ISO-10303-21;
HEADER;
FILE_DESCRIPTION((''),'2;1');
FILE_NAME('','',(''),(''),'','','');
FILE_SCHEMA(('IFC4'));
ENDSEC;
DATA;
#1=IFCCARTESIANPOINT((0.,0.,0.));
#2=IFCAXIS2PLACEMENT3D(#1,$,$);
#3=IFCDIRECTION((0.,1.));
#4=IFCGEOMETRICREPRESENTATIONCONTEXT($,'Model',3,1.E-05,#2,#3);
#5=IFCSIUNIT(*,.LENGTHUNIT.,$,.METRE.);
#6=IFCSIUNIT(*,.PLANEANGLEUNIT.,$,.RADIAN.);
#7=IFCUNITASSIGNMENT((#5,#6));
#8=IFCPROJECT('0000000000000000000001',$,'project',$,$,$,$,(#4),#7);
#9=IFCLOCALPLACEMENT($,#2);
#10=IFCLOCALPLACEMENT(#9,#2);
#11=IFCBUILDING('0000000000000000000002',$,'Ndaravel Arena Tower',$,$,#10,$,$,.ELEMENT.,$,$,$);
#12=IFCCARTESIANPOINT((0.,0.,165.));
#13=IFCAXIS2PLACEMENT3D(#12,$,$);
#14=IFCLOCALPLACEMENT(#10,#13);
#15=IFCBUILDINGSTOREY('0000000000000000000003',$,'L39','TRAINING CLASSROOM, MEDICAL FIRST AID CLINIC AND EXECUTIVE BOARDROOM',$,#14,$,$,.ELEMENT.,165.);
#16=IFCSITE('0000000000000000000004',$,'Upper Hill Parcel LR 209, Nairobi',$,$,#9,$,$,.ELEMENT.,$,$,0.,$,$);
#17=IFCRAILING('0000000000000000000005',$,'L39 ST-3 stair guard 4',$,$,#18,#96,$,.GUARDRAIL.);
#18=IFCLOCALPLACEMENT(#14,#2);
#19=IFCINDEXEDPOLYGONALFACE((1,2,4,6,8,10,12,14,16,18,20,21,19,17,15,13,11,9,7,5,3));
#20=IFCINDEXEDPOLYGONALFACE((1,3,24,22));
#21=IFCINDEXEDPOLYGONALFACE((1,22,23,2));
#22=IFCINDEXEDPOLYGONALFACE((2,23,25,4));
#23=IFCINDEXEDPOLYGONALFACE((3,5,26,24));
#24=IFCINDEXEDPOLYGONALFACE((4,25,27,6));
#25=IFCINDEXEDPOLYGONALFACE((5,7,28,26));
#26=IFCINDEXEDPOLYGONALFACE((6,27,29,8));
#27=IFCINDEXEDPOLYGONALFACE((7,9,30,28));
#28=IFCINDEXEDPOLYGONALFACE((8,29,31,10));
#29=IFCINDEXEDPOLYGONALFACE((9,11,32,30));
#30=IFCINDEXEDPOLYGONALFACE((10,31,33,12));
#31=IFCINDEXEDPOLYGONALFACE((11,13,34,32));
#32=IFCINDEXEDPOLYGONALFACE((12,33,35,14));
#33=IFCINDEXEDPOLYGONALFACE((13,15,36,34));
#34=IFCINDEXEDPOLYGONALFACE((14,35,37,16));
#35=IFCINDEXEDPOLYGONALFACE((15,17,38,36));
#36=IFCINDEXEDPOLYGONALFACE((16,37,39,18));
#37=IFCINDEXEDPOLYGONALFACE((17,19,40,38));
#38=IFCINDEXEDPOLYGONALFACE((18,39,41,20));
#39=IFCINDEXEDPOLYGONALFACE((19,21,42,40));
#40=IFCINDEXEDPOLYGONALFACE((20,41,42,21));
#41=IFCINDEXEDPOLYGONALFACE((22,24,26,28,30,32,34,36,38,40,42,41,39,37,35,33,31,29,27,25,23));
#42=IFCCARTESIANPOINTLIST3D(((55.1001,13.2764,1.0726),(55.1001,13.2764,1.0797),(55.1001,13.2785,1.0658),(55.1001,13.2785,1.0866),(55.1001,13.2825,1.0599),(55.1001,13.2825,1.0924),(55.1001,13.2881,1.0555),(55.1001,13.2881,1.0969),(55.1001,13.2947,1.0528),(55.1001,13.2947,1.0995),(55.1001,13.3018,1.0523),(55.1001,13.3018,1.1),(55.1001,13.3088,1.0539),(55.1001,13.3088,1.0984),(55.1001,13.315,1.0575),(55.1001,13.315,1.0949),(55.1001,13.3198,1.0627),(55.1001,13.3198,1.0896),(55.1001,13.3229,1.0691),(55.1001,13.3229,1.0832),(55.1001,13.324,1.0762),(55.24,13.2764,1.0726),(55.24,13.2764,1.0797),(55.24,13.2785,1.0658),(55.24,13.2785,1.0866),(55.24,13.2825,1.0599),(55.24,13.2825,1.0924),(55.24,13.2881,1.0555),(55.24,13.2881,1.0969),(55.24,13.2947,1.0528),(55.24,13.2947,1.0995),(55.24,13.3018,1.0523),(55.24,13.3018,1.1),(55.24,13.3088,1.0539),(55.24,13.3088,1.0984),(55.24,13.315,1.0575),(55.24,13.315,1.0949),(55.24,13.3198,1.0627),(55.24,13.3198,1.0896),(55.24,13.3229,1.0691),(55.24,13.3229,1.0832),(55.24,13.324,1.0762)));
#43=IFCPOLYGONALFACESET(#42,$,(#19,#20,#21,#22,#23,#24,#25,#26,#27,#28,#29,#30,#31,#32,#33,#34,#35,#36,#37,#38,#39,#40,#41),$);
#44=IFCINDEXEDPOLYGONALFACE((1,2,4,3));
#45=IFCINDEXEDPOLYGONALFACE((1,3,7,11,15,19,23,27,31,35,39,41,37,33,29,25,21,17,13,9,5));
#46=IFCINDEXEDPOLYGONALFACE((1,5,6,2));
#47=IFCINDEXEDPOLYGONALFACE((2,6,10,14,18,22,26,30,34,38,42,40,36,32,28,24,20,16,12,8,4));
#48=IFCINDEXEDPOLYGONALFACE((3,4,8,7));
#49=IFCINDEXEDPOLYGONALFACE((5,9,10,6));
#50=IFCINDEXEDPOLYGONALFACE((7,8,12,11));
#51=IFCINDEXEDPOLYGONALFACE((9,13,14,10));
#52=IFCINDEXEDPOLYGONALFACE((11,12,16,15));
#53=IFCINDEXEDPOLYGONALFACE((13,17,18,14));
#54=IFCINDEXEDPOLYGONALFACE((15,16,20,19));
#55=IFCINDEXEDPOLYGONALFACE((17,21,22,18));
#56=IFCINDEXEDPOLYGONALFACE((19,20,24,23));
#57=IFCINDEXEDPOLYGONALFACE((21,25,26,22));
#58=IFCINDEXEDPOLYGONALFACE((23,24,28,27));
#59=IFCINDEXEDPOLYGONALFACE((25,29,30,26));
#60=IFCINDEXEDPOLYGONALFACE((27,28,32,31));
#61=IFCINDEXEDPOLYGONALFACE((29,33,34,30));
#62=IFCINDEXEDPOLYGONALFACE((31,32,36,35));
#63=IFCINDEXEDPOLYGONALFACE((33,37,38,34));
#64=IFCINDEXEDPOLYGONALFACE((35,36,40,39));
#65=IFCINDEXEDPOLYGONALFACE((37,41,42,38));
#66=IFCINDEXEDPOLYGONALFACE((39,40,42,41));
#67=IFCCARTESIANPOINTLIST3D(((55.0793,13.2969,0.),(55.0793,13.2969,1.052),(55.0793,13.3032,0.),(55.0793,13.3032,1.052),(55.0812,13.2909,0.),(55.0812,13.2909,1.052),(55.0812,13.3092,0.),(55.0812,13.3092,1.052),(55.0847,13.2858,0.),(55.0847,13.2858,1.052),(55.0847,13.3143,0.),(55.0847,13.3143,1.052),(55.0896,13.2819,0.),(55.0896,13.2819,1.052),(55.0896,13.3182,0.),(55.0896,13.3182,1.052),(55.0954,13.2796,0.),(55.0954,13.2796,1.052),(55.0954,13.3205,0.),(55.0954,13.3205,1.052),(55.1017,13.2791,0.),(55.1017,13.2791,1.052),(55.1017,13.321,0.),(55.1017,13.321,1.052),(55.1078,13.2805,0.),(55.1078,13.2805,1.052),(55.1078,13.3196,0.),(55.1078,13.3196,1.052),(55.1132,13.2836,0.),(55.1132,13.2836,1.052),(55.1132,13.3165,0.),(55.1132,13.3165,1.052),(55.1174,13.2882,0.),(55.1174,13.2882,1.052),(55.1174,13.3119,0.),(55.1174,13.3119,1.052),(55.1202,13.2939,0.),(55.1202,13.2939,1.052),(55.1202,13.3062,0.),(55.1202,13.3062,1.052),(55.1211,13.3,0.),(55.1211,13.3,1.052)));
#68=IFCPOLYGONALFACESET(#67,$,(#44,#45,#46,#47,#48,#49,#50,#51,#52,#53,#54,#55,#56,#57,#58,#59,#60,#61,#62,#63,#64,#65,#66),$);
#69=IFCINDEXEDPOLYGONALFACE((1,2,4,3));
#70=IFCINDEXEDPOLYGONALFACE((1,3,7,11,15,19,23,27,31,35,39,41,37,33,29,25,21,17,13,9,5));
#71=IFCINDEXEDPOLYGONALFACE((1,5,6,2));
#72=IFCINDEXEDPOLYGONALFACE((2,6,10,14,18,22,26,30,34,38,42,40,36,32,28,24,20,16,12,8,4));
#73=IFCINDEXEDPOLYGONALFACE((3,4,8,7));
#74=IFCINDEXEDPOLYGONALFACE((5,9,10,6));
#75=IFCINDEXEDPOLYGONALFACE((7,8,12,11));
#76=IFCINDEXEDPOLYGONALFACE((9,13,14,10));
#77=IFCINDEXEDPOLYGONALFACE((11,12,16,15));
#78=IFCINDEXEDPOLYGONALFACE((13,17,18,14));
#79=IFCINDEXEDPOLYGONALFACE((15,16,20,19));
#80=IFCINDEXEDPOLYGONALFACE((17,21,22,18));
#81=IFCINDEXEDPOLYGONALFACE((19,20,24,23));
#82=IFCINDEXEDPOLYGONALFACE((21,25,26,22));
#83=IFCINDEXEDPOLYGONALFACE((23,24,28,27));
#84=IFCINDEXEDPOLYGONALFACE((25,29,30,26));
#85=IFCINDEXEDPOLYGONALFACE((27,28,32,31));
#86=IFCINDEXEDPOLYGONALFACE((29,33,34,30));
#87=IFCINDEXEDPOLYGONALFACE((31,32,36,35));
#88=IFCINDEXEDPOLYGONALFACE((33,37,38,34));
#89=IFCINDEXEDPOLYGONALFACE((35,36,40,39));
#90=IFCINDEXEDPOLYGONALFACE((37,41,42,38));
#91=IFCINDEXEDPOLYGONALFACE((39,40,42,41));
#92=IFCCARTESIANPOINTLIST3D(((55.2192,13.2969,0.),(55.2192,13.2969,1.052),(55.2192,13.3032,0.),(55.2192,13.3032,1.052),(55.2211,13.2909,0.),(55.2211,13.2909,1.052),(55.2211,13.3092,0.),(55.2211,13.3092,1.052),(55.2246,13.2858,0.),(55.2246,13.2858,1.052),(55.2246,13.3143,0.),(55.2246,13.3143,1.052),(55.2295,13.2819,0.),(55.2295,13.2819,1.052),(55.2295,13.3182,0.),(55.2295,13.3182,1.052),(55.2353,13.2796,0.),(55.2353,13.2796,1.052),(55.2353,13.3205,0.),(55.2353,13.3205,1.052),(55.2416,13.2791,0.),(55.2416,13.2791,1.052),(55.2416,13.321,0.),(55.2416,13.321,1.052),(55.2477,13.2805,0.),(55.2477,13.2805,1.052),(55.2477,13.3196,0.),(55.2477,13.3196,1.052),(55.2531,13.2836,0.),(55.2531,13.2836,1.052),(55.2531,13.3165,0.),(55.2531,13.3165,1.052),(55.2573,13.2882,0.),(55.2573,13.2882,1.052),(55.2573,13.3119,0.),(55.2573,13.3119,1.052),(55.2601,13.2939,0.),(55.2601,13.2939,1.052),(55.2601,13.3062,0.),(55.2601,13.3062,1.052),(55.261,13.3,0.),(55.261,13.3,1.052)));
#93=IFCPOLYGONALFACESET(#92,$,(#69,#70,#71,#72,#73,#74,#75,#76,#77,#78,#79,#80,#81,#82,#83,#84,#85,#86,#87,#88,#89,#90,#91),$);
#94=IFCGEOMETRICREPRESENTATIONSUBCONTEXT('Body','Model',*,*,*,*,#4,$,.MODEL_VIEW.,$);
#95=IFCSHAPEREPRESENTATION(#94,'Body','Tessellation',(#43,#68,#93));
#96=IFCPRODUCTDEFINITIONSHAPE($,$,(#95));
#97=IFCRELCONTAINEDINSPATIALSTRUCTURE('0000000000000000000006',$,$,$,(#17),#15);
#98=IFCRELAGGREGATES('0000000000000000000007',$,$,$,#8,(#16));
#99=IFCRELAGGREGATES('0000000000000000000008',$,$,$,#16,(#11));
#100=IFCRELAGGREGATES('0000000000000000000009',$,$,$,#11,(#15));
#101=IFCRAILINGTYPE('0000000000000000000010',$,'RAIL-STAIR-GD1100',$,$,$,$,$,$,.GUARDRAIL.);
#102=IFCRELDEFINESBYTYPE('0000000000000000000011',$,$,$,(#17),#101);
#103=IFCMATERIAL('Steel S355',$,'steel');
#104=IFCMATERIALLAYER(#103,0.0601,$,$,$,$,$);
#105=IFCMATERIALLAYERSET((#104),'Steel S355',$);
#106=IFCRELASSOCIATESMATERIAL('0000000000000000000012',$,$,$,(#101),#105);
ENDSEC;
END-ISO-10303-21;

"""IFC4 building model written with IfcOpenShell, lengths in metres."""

from ifc_helpers import new_model, si_unit, direction, frame, origin, origin_2d, place, context, subcontext, project, spatial, circle, extrude, material, layer, layer_set, type_object, element, save


model = new_model("IFC4")

# Units and contexts
model_context = context("Model", 3, precision=1e-05, world=origin(), true_north=direction((0.0, 1.0)))
body_context = subcontext(model_context, "Body", "Model", "MODEL_VIEW")
ifc_project = project(units=[si_unit("LENGTHUNIT", "METRE"), si_unit("PLANEANGLEUNIT", "RADIAN")], contexts=[model_context])

# Site, building, storey
site_placement = place(None, origin())
site = spatial("IfcSite", under=ifc_project, at=site_placement, Name="Upper Hill Parcel LR 209, Nairobi", CompositionType="ELEMENT", RefElevation=0.0)
building_placement = place(site_placement, origin())
building = spatial("IfcBuilding", under=site, at=building_placement, Name="Ndaravel Arena Tower", CompositionType="ELEMENT")
storey_placement = place(building_placement, frame((0.0, 0.0, 165.0)))
storey = spatial("IfcBuildingStorey", under=building, at=storey_placement, Name="L39", Description="TRAINING CLASSROOM, MEDICAL FIRST AID CLINIC AND EXECUTIVE BOARDROOM", CompositionType="ELEMENT", Elevation=165.0)

# Railing
ifc_material_1 = material(Name="Steel S355", Category="steel")
ifc_layer_1 = layer(ifc_material_1, 0.0601)
ifc_layer_set_1 = layer_set([ifc_layer_1], Name="Steel S355")
railing_type_1 = type_object("IfcRailingType", Name="RAIL-STAIR-GD1100", PredefinedType="GUARDRAIL", material=ifc_layer_set_1)
railing_1_placement = place(storey_placement, frame((55.1001, 13.3, 0.0)))
element("IfcRailing", 1, at=railing_1_placement, inside=storey, type_object=railing_type_1, Name="L39 ST-3 stair guard 4", PredefinedType="GUARDRAIL", context=body_context, shape_type="SweptSolid", body=[
    extrude(circle(Radius=0.0239, at=origin_2d()), frame((0.0, 0.0, 1.0762), z_axis=(1.0, 0.0, 0.0), x_axis=(0.0, 1.0, 0.0)), (0.0, 0.0, 1.0), 0.1399),
    extrude(circle(Radius=0.021, at=origin_2d()), origin(), (0.0, 0.0, 1.0), 1.052),
    extrude(circle(Radius=0.021, at=origin_2d()), frame((0.1399, 0.0, 0.0)), (0.0, 0.0, 1.0), 1.052),
])

save(model, "model.ifc")
